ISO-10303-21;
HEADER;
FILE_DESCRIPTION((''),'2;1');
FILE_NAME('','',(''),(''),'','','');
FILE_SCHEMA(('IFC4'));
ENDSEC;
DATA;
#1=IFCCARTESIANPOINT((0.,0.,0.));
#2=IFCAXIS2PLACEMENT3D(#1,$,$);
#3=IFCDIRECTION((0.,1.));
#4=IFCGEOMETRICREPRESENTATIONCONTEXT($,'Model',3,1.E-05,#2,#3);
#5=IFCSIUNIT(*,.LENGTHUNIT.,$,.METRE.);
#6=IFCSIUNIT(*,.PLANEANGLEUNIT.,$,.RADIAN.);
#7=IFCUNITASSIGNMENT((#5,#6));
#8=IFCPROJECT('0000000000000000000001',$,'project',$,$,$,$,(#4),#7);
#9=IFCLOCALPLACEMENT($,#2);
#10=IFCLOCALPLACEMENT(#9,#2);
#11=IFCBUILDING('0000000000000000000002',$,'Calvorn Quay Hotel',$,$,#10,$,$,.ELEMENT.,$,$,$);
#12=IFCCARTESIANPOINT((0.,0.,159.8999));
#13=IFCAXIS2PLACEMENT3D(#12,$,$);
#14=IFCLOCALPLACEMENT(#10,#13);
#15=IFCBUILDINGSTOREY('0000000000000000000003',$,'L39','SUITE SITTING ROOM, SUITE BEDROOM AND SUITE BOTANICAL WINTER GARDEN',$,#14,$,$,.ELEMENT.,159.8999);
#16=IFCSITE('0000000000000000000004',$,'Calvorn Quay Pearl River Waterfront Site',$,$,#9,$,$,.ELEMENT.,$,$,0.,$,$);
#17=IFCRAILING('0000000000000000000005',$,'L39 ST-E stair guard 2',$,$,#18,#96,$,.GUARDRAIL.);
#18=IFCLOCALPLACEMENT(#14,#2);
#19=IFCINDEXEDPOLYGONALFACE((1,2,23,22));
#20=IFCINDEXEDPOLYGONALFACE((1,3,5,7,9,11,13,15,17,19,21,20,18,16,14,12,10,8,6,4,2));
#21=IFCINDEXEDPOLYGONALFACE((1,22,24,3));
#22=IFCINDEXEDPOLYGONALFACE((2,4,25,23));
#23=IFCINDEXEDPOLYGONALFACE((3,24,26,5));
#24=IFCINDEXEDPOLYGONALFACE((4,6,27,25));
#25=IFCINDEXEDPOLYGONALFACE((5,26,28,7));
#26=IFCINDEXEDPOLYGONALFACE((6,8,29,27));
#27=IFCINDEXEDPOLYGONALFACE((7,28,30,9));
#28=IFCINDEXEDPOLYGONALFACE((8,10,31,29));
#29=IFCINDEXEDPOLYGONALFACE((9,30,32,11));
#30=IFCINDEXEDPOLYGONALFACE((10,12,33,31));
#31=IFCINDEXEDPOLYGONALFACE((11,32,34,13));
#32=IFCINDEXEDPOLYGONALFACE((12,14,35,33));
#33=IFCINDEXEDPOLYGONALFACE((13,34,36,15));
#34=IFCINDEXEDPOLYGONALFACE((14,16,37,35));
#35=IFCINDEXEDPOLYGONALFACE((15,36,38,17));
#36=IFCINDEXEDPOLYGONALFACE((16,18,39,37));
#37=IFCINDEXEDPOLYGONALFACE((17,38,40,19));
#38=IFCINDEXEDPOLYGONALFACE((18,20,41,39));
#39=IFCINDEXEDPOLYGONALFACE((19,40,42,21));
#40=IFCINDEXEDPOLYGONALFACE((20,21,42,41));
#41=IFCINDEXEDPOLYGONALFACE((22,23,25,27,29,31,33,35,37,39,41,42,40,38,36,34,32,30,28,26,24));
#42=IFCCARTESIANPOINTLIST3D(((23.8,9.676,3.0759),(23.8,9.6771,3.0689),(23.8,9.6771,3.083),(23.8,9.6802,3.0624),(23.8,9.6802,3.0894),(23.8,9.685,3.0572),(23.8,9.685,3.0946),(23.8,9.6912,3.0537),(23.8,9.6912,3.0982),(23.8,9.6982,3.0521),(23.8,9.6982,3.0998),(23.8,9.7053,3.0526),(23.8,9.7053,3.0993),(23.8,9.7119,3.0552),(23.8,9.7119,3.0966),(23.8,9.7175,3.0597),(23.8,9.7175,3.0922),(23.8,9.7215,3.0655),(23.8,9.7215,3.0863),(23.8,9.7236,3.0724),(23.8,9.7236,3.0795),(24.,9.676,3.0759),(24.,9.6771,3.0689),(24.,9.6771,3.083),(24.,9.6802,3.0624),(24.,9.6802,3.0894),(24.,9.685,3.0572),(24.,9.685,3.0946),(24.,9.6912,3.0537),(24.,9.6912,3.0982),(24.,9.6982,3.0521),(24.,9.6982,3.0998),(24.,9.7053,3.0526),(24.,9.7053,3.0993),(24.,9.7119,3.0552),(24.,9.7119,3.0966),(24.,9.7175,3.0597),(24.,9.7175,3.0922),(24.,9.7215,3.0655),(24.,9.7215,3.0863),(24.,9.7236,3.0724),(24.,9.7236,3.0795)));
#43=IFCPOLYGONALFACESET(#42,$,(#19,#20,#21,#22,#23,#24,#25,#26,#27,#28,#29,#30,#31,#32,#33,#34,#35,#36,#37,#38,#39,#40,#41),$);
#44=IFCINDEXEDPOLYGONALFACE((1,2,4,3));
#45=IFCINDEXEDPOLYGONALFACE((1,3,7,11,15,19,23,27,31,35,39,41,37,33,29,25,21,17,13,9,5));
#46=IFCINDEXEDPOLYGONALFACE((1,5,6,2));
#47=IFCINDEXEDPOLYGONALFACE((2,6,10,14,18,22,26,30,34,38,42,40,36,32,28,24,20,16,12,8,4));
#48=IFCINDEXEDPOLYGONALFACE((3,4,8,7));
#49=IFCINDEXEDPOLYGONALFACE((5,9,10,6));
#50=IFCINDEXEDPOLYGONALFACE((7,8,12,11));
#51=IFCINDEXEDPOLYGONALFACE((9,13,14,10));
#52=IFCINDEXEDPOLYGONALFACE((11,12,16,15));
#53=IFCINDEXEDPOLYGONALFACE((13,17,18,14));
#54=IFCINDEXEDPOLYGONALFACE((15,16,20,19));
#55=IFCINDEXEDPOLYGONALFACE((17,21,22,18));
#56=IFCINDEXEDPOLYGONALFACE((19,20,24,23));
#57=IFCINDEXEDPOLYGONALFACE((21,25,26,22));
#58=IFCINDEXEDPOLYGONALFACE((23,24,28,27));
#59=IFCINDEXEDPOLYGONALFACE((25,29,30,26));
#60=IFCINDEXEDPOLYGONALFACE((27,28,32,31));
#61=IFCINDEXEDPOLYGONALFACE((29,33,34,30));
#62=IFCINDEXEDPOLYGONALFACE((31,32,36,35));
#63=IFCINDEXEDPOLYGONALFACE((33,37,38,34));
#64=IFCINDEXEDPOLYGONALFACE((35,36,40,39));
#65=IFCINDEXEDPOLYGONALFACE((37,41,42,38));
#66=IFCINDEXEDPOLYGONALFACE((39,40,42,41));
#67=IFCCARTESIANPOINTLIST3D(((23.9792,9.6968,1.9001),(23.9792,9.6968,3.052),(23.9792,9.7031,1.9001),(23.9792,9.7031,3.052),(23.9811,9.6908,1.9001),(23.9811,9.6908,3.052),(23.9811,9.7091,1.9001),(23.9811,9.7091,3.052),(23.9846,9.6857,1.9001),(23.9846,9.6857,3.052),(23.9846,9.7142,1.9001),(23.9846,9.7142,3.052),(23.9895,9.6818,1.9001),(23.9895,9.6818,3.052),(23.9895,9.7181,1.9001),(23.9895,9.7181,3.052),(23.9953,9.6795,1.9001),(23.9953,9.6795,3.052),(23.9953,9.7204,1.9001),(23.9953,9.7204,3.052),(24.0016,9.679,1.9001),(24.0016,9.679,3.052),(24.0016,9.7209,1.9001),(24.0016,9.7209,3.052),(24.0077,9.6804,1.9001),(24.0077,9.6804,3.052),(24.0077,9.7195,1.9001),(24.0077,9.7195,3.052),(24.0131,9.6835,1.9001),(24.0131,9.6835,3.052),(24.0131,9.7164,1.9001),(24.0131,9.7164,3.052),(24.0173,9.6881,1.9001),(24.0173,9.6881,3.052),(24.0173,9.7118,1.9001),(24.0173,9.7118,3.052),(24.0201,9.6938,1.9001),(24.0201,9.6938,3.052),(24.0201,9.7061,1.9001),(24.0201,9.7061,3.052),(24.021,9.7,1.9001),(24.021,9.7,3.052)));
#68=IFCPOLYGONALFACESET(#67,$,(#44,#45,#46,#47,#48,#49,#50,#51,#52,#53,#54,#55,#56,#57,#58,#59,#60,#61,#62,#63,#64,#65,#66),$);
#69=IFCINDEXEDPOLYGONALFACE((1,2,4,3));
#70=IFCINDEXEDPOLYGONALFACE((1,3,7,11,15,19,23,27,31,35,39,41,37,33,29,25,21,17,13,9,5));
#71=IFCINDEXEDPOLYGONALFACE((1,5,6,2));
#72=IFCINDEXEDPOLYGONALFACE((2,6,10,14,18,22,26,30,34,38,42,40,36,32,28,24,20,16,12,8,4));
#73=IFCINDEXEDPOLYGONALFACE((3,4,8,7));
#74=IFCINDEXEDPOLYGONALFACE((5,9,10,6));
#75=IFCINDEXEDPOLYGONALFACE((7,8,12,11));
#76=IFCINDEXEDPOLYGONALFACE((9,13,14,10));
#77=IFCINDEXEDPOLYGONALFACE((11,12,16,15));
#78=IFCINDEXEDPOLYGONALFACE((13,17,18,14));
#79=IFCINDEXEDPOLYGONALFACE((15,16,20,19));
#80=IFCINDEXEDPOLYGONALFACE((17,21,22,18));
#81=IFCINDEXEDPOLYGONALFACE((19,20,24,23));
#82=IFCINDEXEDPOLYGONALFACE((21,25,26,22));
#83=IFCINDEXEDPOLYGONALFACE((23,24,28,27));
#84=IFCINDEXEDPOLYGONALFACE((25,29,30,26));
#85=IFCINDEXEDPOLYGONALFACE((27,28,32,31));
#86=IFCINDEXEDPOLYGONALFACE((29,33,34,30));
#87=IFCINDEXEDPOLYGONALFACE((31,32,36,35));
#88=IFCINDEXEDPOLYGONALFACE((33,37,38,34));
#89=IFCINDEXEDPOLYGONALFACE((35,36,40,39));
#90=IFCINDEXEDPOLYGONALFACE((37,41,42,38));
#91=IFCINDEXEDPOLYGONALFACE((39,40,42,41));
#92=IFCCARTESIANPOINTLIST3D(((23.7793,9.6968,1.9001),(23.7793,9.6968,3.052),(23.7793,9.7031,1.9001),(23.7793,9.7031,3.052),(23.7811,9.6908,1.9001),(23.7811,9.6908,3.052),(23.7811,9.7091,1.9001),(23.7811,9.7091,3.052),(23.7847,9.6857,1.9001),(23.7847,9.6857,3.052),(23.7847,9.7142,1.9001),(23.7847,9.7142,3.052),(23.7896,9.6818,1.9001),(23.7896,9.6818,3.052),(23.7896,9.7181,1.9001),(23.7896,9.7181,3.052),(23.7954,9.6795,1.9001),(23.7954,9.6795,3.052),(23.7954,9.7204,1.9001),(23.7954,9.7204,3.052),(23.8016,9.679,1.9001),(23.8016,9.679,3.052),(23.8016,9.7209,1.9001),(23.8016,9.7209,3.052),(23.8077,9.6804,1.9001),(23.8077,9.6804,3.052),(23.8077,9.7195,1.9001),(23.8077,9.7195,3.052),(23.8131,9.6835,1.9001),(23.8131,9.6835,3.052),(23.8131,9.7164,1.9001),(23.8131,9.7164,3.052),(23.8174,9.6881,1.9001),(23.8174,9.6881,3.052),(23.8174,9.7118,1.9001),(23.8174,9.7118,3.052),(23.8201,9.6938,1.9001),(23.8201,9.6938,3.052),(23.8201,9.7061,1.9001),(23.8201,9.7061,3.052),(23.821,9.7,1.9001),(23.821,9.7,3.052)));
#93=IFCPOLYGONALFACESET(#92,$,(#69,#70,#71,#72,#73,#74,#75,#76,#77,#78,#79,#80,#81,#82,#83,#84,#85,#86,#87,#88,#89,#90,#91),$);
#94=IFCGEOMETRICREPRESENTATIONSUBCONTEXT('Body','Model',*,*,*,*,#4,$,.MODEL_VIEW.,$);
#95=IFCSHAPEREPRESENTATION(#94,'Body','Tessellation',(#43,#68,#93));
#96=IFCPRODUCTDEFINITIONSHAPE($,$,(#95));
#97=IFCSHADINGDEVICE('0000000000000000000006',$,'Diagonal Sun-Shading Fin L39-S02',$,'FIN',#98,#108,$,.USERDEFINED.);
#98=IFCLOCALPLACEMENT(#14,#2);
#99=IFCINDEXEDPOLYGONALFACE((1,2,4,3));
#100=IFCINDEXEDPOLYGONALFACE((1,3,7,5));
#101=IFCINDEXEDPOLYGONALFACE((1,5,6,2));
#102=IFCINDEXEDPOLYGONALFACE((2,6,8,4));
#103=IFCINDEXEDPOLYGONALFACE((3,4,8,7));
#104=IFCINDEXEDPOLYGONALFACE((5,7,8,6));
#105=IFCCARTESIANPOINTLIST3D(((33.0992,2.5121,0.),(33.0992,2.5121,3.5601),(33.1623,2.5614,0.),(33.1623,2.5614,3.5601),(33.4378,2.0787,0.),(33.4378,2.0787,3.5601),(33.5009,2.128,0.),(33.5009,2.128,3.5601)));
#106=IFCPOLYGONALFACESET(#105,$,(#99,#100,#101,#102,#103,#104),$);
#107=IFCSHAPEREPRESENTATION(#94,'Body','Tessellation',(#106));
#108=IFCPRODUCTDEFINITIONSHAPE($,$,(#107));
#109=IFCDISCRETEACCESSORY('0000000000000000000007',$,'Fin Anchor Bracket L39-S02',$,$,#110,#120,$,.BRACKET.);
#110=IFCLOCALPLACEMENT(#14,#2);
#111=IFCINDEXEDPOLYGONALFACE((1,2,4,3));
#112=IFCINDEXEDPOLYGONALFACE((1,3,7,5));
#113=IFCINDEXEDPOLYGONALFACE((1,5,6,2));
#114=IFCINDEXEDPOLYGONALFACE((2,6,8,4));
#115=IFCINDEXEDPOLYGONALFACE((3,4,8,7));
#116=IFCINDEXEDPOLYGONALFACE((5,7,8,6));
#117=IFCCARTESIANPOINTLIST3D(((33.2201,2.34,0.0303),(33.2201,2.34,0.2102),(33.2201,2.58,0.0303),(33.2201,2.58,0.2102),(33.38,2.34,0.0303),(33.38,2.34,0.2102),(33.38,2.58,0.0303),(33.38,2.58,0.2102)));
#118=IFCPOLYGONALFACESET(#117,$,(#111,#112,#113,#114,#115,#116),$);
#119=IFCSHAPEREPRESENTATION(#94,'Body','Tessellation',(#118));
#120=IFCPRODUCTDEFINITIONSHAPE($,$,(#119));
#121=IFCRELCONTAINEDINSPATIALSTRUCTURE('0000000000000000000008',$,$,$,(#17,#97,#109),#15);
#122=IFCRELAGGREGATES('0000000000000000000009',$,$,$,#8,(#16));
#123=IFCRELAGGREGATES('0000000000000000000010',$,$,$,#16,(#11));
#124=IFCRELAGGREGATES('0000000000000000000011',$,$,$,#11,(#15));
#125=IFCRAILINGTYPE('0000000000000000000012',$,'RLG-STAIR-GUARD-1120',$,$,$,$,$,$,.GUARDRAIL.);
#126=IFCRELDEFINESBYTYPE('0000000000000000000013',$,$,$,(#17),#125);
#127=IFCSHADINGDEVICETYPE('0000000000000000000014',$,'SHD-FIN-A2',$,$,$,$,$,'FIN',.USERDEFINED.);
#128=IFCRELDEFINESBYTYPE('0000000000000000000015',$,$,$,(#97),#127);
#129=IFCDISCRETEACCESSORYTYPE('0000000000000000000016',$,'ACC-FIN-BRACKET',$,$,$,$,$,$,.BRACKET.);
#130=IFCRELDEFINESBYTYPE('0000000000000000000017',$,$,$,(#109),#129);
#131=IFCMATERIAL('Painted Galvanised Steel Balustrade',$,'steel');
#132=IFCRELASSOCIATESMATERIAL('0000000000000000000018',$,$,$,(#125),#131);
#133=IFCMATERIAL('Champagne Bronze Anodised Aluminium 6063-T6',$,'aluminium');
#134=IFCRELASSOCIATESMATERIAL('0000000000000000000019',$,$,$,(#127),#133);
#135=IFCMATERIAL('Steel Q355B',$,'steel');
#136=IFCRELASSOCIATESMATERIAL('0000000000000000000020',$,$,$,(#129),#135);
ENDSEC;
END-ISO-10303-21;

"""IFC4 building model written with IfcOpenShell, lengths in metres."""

from ifc_helpers import new_model, si_unit, direction, frame, origin, origin_2d, place, context, subcontext, project, spatial, rectangle, circle, extrude, material, type_object, element, save


model = new_model("IFC4")

# Units and contexts
model_context = context("Model", 3, precision=1e-05, world=origin(), true_north=direction((0.0, 1.0)))
body_context = subcontext(model_context, "Body", "Model", "MODEL_VIEW")
ifc_project = project(units=[si_unit("LENGTHUNIT", "METRE"), si_unit("PLANEANGLEUNIT", "RADIAN")], contexts=[model_context])

# Site, building, storey
site_placement = place(None, origin())
site = spatial("IfcSite", under=ifc_project, at=site_placement, Name="Calvorn Quay Pearl River Waterfront Site", CompositionType="ELEMENT", RefElevation=0.0)
building_placement = place(site_placement, origin())
building = spatial("IfcBuilding", under=site, at=building_placement, Name="Calvorn Quay Hotel", CompositionType="ELEMENT")
storey_placement = place(building_placement, frame((0.0, 0.0, 159.8999)))
storey = spatial("IfcBuildingStorey", under=building, at=storey_placement, Name="L39", Description="SUITE SITTING ROOM, SUITE BEDROOM AND SUITE BOTANICAL WINTER GARDEN", CompositionType="ELEMENT", Elevation=159.8999)

# Railing
ifc_material_1 = material(Name="Painted Galvanised Steel Balustrade", Category="steel")
railing_type_1 = type_object("IfcRailingType", Name="RLG-STAIR-GUARD-1120", PredefinedType="GUARDRAIL", material=ifc_material_1)
railing_1_placement = place(storey_placement, frame((24.0, 9.7, 1.9001)))
element("IfcRailing", 1, at=railing_1_placement, inside=storey, type_object=railing_type_1, Name="L39 ST-E stair guard 2", PredefinedType="GUARDRAIL", context=body_context, shape_type="SweptSolid", body=[
    extrude(circle(Radius=0.0239, at=origin_2d()), frame((0.0, 0.0, 1.1758), z_axis=(-1.0, 0.0, 0.0), x_axis=(0.0, -1.0, 0.0)), (0.0, 0.0, 1.0), 0.2),
    extrude(circle(Radius=0.021, at=origin_2d()), origin(), (0.0, 0.0, 1.0), 1.1519),
    extrude(circle(Radius=0.021, at=origin_2d()), frame((-0.2, 0.0, 0.0)), (0.0, 0.0, 1.0), 1.1519),
])

# Shading device
ifc_material_2 = material(Name="Champagne Bronze Anodised Aluminium 6063-T6", Category="aluminium")
shading_device_type = type_object("IfcShadingDeviceType", Name="SHD-FIN-A2", ElementType="FIN", PredefinedType="USERDEFINED", material=ifc_material_2)
shading_device_placement = place(storey_placement, frame((33.3, 2.3201, 0.0), z_axis=(0.0, 0.0, 1.0), x_axis=(-0.615661, 0.788011, 0.0)))
element("IfcShadingDevice", 2, at=shading_device_placement, inside=storey, type_object=shading_device_type, Name="Diagonal Sun-Shading Fin L39-S02", ObjectType="FIN", PredefinedType="USERDEFINED", context=body_context, shape_type="SweptSolid", body=[
    extrude(rectangle(XDim=0.55, YDim=0.0801, at=origin_2d()), origin(), (0.0, 0.0, 1.0), 3.5601),
])

# Discrete accessory
ifc_material_3 = material(Name="Steel Q355B", Category="steel")
discrete_accessory_type = type_object("IfcDiscreteAccessoryType", Name="ACC-FIN-BRACKET", PredefinedType="BRACKET", material=ifc_material_3)
discrete_accessory_placement = place(storey_placement, frame((33.3, 2.46, 0.0303), z_axis=(0.0, 0.0, 1.0), x_axis=(0.0, 1.0, 0.0)))
element("IfcDiscreteAccessory", 3, at=discrete_accessory_placement, inside=storey, type_object=discrete_accessory_type, Name="Fin Anchor Bracket L39-S02", PredefinedType="BRACKET", context=body_context, shape_type="SweptSolid", body=[
    extrude(rectangle(XDim=0.24, YDim=0.1599, at=origin_2d()), origin(), (0.0, 0.0, 1.0), 0.1799),
])

save(model, "model.ifc")
